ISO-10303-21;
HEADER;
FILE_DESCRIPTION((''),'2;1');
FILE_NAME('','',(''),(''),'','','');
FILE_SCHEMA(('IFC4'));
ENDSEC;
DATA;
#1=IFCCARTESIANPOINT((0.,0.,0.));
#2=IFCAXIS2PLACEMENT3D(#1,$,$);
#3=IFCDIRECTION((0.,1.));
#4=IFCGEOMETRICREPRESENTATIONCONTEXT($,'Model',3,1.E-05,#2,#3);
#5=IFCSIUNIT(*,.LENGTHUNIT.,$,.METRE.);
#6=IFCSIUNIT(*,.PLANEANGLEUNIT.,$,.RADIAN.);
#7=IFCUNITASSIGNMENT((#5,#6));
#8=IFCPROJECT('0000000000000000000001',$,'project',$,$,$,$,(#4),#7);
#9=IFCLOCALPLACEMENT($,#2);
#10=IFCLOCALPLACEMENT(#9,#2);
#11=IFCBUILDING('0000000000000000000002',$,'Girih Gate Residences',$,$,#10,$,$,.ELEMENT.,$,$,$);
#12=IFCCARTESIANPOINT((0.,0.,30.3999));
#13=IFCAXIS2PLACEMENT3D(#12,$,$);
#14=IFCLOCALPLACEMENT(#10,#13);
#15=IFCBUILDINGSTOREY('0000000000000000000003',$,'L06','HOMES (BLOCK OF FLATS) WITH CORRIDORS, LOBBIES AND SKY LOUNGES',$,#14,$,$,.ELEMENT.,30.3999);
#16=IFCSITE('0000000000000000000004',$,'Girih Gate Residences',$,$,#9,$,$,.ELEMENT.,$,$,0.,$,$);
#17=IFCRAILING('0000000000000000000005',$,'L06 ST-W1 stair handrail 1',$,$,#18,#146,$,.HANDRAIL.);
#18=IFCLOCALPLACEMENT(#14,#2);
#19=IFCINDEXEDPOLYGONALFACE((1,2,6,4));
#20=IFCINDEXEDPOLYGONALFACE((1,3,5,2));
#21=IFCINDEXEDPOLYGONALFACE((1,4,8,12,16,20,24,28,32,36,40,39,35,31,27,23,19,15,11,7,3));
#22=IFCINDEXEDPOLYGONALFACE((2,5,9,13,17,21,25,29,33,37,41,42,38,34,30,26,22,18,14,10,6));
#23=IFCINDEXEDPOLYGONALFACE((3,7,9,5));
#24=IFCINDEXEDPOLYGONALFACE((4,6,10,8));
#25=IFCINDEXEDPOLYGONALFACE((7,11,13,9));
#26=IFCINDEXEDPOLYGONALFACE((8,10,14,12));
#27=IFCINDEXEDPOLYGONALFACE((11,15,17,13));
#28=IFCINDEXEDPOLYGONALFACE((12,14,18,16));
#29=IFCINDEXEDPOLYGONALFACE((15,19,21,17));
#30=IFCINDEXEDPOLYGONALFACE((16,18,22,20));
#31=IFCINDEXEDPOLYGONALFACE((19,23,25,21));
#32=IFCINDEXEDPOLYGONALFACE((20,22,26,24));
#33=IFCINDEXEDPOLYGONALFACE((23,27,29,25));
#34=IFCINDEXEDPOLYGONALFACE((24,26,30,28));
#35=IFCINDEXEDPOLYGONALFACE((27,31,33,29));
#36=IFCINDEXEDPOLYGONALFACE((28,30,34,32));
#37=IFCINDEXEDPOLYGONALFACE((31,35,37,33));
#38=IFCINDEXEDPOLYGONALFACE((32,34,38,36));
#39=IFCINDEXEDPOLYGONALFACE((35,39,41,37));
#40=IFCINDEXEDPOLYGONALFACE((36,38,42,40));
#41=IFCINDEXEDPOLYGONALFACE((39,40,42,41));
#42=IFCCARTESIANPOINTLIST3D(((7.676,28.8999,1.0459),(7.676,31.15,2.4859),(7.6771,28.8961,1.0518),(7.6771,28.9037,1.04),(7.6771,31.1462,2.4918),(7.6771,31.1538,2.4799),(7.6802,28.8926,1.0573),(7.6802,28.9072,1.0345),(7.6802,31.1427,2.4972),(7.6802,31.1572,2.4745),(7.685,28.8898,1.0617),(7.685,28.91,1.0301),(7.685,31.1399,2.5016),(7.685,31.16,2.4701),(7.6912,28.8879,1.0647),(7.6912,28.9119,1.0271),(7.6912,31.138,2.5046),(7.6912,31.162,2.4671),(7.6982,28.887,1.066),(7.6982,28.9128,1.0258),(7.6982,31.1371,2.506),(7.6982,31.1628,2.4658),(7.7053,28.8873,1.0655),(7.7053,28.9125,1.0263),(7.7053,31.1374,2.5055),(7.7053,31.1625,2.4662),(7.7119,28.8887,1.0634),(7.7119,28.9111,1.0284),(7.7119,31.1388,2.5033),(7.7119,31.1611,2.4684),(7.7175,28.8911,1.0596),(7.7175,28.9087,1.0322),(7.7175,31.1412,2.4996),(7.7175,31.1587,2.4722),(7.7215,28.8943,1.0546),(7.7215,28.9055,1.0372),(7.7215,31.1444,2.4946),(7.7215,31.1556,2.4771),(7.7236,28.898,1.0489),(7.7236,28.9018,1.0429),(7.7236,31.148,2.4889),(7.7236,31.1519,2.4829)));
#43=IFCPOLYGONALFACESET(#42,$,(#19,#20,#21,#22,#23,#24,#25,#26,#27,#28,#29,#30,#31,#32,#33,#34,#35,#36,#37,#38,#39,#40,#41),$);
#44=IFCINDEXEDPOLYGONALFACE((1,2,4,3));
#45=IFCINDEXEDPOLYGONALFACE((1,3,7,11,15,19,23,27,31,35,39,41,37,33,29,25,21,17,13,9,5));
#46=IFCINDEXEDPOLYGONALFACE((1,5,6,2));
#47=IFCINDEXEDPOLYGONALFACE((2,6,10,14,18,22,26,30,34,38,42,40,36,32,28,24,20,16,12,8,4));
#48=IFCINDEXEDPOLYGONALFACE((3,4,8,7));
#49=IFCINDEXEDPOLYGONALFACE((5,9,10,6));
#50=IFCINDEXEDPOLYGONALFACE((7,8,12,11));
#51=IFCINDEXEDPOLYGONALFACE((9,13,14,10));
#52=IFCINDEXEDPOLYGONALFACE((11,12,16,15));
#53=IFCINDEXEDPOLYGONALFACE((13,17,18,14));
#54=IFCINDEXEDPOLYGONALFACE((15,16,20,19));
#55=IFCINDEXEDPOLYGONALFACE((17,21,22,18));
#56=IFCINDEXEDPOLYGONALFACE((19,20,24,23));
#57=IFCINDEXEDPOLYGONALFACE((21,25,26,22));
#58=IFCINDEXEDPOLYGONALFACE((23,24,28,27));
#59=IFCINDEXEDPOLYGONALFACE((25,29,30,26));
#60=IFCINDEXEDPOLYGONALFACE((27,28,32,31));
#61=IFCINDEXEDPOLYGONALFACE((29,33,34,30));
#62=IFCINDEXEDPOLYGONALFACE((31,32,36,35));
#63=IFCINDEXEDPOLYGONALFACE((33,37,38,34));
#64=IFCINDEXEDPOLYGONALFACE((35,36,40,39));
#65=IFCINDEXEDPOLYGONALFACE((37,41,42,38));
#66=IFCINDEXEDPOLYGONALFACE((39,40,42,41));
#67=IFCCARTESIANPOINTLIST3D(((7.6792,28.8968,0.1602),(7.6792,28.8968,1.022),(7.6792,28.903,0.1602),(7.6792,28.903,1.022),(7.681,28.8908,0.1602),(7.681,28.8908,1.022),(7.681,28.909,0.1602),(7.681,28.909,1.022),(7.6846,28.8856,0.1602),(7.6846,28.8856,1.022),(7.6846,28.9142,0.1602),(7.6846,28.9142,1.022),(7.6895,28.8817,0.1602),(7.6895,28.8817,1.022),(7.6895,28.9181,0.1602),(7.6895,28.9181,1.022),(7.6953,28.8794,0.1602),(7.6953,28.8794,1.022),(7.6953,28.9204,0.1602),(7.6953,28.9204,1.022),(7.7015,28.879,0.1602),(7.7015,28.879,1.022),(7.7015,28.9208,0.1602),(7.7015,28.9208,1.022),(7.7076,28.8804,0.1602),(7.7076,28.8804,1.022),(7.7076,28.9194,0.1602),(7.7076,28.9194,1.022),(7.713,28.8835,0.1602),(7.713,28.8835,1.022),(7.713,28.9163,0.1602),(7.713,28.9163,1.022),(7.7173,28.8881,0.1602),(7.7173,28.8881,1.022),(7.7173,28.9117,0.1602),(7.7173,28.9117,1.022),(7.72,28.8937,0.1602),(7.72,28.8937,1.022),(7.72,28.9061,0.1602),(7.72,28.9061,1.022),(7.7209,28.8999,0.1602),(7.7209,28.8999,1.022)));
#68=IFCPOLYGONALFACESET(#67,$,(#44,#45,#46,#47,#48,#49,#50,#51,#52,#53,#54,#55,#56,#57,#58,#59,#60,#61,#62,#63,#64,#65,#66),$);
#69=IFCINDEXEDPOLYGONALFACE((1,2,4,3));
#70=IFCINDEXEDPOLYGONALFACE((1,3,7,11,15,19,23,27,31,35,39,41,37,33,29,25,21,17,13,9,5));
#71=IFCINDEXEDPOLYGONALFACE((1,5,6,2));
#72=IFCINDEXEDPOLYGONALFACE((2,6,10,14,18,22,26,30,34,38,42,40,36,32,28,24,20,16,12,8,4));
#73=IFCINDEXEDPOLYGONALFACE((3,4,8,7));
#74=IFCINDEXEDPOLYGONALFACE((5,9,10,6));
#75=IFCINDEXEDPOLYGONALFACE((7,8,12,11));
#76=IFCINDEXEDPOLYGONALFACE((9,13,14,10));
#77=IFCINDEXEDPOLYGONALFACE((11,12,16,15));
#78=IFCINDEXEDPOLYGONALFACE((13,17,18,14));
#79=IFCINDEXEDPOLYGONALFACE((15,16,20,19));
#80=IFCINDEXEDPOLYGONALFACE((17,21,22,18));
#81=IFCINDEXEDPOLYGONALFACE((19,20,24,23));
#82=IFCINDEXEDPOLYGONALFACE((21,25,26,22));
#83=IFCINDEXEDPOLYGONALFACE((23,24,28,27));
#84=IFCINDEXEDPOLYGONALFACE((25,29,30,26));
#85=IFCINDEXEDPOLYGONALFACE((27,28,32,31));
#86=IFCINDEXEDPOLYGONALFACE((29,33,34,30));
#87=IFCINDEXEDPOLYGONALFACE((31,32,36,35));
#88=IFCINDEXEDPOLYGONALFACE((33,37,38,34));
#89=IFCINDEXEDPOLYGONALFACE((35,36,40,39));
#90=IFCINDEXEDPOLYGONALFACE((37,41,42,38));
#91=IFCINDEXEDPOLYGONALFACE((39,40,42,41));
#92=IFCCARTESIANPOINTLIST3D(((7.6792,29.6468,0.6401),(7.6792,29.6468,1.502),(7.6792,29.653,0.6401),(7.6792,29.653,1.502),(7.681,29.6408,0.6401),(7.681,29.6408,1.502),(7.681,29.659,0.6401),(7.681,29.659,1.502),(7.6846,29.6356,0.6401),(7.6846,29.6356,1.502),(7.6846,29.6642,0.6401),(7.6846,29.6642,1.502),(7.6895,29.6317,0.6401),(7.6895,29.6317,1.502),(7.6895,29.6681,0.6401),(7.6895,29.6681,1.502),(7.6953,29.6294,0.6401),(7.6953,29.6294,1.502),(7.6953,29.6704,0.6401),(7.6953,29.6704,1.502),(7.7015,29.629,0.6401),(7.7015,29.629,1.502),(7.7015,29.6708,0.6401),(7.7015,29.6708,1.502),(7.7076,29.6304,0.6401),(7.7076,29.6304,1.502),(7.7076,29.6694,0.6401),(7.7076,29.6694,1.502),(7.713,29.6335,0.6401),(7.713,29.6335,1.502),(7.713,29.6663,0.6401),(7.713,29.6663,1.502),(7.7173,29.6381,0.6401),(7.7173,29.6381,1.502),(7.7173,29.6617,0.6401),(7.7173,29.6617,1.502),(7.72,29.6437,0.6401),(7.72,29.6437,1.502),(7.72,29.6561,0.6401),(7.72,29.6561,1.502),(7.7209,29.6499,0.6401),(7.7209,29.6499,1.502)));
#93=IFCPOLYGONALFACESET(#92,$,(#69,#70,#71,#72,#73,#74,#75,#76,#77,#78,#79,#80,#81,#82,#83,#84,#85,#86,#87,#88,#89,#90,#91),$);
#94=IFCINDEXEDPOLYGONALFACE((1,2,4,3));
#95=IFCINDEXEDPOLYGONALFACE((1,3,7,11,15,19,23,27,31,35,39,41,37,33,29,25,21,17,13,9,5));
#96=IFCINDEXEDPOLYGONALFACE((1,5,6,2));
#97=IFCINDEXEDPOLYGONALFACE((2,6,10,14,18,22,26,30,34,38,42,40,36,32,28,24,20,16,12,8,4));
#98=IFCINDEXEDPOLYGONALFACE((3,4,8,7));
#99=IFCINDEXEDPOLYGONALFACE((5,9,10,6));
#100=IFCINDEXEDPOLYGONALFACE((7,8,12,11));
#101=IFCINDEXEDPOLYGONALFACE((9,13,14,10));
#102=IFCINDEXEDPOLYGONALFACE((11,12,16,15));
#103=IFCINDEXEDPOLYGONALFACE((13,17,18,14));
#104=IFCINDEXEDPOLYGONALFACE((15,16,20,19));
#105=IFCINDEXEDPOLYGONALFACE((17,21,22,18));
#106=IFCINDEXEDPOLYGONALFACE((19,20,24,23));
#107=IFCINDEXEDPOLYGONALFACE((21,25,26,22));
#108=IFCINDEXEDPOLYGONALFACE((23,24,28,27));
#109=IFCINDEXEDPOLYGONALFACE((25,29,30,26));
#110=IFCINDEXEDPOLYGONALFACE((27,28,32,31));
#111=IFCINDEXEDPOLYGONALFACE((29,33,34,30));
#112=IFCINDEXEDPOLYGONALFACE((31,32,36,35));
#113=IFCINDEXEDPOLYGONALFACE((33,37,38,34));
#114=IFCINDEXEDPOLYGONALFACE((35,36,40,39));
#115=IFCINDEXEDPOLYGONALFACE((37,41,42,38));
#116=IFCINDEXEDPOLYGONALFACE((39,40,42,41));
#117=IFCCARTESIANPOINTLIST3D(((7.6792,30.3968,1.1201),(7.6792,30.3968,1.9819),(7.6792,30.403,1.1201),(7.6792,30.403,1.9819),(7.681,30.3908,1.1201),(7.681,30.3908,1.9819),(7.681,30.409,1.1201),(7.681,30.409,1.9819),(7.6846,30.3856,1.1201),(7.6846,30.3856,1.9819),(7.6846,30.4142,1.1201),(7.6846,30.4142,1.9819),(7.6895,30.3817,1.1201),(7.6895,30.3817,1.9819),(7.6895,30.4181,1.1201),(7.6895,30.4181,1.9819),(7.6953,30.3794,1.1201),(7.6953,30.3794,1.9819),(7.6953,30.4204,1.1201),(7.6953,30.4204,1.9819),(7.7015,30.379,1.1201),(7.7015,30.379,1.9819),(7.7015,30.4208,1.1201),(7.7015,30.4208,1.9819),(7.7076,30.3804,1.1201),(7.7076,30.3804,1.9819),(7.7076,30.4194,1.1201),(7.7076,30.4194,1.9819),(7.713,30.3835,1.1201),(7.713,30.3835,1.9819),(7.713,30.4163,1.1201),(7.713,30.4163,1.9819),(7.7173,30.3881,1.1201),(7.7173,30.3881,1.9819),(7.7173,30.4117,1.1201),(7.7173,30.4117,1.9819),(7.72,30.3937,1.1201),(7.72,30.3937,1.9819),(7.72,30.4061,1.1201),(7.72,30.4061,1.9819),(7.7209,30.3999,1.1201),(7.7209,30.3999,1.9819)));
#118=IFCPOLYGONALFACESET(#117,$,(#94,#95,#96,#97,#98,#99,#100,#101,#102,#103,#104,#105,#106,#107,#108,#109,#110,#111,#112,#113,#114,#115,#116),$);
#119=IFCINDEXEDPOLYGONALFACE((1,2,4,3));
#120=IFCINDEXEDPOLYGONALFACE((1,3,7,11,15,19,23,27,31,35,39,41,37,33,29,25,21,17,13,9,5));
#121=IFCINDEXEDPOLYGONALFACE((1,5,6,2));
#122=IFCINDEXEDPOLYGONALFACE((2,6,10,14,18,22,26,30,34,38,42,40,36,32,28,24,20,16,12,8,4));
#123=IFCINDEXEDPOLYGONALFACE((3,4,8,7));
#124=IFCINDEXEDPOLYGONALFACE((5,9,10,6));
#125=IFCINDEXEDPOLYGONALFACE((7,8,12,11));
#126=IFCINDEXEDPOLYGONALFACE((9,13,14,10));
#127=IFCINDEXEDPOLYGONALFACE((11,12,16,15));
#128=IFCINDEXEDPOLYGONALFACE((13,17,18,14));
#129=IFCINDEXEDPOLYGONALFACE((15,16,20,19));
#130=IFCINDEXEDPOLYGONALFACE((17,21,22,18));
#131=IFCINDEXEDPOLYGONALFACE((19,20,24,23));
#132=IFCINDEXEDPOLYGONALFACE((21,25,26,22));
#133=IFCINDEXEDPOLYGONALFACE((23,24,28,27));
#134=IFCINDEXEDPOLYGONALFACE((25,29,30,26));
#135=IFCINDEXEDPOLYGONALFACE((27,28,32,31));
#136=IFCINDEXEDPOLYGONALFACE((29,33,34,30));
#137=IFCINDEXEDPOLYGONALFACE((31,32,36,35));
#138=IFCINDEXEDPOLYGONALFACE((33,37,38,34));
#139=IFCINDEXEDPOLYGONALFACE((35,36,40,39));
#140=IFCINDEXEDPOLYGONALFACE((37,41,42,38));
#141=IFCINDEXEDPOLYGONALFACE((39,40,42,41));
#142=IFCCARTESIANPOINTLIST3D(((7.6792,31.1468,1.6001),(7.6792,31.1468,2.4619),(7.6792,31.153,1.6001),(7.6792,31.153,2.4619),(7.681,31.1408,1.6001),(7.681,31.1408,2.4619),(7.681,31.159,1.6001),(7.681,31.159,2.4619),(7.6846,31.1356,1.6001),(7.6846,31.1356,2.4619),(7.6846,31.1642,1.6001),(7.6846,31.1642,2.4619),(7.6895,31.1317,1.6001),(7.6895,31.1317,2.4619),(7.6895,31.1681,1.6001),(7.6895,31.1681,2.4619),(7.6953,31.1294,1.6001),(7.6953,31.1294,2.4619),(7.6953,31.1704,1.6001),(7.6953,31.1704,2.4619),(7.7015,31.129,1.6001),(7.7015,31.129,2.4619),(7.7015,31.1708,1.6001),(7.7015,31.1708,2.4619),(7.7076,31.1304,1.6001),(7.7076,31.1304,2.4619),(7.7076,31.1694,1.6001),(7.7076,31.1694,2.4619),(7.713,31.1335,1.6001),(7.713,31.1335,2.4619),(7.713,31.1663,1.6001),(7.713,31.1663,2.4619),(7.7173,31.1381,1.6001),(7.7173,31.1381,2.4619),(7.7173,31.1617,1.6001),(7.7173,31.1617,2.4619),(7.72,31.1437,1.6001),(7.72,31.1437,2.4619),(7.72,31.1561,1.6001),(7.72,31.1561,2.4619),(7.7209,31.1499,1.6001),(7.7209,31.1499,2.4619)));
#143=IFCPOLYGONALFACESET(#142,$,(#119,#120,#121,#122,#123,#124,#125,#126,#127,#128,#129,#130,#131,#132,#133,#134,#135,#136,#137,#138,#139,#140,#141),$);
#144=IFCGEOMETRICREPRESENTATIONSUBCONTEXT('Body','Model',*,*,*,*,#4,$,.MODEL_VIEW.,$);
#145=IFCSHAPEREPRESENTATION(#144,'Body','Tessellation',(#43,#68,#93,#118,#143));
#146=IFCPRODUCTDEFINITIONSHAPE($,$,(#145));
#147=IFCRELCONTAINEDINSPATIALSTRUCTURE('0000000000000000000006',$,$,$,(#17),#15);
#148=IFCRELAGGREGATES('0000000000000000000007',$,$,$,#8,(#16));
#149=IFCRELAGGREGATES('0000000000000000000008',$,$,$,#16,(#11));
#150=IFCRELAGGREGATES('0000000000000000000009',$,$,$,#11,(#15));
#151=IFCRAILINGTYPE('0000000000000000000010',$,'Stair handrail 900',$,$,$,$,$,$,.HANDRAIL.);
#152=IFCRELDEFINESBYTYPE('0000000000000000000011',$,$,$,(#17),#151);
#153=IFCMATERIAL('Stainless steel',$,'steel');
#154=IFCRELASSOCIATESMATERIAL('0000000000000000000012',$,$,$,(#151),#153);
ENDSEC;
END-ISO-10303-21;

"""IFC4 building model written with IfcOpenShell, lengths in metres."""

from ifc_helpers import new_model, si_unit, direction, frame, origin, origin_2d, place, context, subcontext, project, spatial, circle, extrude, material, type_object, element, save


model = new_model("IFC4")

# Units and contexts
model_context = context("Model", 3, precision=1e-05, world=origin(), true_north=direction((0.0, 1.0)))
body_context = subcontext(model_context, "Body", "Model", "MODEL_VIEW")
ifc_project = project(units=[si_unit("LENGTHUNIT", "METRE"), si_unit("PLANEANGLEUNIT", "RADIAN")], contexts=[model_context])

# Site, building, storey
site_placement = place(None, origin())
site = spatial("IfcSite", under=ifc_project, at=site_placement, Name="Girih Gate Residences", CompositionType="ELEMENT", RefElevation=0.0)
building_placement = place(site_placement, origin())
building = spatial("IfcBuilding", under=site, at=building_placement, Name="Girih Gate Residences", CompositionType="ELEMENT")
storey_placement = place(building_placement, frame((0.0, 0.0, 30.3999)))
storey = spatial("IfcBuildingStorey", under=building, at=storey_placement, Name="L06", Description="HOMES (BLOCK OF FLATS) WITH CORRIDORS, LOBBIES AND SKY LOUNGES", CompositionType="ELEMENT", Elevation=30.3999)

# Railing
ifc_material_1 = material(Name="Stainless steel", Category="steel")
railing_type_1 = type_object("IfcRailingType", Name="Stair handrail 900", PredefinedType="HANDRAIL", material=ifc_material_1)
railing_1_placement = place(storey_placement, frame((7.7, 28.8999, 0.1602)))
element("IfcRailing", 1, at=railing_1_placement, inside=storey, type_object=railing_type_1, Name="L06 ST-W1 stair handrail 1", PredefinedType="HANDRAIL", context=body_context, shape_type="SweptSolid", body=[
    extrude(circle(Radius=0.0239, at=origin_2d()), frame((0.0, 0.0, 0.8857), z_axis=(0.0, 0.842281, 0.539038), x_axis=(-1.0, 0.0, 0.0)), (0.0, 0.0, 1.0), 2.6714),
    extrude(circle(Radius=0.021, at=origin_2d()), origin(), (0.0, 0.0, 1.0), 0.8618),
    extrude(circle(Radius=0.021, at=origin_2d()), frame((0.0, 0.75, 0.48)), (0.0, 0.0, 1.0), 0.8618),
    extrude(circle(Radius=0.021, at=origin_2d()), frame((0.0, 1.5, 0.96)), (0.0, 0.0, 1.0), 0.8618),
    extrude(circle(Radius=0.021, at=origin_2d()), frame((0.0, 2.25, 1.4399)), (0.0, 0.0, 1.0), 0.8618),
])

save(model, "model.ifc")
